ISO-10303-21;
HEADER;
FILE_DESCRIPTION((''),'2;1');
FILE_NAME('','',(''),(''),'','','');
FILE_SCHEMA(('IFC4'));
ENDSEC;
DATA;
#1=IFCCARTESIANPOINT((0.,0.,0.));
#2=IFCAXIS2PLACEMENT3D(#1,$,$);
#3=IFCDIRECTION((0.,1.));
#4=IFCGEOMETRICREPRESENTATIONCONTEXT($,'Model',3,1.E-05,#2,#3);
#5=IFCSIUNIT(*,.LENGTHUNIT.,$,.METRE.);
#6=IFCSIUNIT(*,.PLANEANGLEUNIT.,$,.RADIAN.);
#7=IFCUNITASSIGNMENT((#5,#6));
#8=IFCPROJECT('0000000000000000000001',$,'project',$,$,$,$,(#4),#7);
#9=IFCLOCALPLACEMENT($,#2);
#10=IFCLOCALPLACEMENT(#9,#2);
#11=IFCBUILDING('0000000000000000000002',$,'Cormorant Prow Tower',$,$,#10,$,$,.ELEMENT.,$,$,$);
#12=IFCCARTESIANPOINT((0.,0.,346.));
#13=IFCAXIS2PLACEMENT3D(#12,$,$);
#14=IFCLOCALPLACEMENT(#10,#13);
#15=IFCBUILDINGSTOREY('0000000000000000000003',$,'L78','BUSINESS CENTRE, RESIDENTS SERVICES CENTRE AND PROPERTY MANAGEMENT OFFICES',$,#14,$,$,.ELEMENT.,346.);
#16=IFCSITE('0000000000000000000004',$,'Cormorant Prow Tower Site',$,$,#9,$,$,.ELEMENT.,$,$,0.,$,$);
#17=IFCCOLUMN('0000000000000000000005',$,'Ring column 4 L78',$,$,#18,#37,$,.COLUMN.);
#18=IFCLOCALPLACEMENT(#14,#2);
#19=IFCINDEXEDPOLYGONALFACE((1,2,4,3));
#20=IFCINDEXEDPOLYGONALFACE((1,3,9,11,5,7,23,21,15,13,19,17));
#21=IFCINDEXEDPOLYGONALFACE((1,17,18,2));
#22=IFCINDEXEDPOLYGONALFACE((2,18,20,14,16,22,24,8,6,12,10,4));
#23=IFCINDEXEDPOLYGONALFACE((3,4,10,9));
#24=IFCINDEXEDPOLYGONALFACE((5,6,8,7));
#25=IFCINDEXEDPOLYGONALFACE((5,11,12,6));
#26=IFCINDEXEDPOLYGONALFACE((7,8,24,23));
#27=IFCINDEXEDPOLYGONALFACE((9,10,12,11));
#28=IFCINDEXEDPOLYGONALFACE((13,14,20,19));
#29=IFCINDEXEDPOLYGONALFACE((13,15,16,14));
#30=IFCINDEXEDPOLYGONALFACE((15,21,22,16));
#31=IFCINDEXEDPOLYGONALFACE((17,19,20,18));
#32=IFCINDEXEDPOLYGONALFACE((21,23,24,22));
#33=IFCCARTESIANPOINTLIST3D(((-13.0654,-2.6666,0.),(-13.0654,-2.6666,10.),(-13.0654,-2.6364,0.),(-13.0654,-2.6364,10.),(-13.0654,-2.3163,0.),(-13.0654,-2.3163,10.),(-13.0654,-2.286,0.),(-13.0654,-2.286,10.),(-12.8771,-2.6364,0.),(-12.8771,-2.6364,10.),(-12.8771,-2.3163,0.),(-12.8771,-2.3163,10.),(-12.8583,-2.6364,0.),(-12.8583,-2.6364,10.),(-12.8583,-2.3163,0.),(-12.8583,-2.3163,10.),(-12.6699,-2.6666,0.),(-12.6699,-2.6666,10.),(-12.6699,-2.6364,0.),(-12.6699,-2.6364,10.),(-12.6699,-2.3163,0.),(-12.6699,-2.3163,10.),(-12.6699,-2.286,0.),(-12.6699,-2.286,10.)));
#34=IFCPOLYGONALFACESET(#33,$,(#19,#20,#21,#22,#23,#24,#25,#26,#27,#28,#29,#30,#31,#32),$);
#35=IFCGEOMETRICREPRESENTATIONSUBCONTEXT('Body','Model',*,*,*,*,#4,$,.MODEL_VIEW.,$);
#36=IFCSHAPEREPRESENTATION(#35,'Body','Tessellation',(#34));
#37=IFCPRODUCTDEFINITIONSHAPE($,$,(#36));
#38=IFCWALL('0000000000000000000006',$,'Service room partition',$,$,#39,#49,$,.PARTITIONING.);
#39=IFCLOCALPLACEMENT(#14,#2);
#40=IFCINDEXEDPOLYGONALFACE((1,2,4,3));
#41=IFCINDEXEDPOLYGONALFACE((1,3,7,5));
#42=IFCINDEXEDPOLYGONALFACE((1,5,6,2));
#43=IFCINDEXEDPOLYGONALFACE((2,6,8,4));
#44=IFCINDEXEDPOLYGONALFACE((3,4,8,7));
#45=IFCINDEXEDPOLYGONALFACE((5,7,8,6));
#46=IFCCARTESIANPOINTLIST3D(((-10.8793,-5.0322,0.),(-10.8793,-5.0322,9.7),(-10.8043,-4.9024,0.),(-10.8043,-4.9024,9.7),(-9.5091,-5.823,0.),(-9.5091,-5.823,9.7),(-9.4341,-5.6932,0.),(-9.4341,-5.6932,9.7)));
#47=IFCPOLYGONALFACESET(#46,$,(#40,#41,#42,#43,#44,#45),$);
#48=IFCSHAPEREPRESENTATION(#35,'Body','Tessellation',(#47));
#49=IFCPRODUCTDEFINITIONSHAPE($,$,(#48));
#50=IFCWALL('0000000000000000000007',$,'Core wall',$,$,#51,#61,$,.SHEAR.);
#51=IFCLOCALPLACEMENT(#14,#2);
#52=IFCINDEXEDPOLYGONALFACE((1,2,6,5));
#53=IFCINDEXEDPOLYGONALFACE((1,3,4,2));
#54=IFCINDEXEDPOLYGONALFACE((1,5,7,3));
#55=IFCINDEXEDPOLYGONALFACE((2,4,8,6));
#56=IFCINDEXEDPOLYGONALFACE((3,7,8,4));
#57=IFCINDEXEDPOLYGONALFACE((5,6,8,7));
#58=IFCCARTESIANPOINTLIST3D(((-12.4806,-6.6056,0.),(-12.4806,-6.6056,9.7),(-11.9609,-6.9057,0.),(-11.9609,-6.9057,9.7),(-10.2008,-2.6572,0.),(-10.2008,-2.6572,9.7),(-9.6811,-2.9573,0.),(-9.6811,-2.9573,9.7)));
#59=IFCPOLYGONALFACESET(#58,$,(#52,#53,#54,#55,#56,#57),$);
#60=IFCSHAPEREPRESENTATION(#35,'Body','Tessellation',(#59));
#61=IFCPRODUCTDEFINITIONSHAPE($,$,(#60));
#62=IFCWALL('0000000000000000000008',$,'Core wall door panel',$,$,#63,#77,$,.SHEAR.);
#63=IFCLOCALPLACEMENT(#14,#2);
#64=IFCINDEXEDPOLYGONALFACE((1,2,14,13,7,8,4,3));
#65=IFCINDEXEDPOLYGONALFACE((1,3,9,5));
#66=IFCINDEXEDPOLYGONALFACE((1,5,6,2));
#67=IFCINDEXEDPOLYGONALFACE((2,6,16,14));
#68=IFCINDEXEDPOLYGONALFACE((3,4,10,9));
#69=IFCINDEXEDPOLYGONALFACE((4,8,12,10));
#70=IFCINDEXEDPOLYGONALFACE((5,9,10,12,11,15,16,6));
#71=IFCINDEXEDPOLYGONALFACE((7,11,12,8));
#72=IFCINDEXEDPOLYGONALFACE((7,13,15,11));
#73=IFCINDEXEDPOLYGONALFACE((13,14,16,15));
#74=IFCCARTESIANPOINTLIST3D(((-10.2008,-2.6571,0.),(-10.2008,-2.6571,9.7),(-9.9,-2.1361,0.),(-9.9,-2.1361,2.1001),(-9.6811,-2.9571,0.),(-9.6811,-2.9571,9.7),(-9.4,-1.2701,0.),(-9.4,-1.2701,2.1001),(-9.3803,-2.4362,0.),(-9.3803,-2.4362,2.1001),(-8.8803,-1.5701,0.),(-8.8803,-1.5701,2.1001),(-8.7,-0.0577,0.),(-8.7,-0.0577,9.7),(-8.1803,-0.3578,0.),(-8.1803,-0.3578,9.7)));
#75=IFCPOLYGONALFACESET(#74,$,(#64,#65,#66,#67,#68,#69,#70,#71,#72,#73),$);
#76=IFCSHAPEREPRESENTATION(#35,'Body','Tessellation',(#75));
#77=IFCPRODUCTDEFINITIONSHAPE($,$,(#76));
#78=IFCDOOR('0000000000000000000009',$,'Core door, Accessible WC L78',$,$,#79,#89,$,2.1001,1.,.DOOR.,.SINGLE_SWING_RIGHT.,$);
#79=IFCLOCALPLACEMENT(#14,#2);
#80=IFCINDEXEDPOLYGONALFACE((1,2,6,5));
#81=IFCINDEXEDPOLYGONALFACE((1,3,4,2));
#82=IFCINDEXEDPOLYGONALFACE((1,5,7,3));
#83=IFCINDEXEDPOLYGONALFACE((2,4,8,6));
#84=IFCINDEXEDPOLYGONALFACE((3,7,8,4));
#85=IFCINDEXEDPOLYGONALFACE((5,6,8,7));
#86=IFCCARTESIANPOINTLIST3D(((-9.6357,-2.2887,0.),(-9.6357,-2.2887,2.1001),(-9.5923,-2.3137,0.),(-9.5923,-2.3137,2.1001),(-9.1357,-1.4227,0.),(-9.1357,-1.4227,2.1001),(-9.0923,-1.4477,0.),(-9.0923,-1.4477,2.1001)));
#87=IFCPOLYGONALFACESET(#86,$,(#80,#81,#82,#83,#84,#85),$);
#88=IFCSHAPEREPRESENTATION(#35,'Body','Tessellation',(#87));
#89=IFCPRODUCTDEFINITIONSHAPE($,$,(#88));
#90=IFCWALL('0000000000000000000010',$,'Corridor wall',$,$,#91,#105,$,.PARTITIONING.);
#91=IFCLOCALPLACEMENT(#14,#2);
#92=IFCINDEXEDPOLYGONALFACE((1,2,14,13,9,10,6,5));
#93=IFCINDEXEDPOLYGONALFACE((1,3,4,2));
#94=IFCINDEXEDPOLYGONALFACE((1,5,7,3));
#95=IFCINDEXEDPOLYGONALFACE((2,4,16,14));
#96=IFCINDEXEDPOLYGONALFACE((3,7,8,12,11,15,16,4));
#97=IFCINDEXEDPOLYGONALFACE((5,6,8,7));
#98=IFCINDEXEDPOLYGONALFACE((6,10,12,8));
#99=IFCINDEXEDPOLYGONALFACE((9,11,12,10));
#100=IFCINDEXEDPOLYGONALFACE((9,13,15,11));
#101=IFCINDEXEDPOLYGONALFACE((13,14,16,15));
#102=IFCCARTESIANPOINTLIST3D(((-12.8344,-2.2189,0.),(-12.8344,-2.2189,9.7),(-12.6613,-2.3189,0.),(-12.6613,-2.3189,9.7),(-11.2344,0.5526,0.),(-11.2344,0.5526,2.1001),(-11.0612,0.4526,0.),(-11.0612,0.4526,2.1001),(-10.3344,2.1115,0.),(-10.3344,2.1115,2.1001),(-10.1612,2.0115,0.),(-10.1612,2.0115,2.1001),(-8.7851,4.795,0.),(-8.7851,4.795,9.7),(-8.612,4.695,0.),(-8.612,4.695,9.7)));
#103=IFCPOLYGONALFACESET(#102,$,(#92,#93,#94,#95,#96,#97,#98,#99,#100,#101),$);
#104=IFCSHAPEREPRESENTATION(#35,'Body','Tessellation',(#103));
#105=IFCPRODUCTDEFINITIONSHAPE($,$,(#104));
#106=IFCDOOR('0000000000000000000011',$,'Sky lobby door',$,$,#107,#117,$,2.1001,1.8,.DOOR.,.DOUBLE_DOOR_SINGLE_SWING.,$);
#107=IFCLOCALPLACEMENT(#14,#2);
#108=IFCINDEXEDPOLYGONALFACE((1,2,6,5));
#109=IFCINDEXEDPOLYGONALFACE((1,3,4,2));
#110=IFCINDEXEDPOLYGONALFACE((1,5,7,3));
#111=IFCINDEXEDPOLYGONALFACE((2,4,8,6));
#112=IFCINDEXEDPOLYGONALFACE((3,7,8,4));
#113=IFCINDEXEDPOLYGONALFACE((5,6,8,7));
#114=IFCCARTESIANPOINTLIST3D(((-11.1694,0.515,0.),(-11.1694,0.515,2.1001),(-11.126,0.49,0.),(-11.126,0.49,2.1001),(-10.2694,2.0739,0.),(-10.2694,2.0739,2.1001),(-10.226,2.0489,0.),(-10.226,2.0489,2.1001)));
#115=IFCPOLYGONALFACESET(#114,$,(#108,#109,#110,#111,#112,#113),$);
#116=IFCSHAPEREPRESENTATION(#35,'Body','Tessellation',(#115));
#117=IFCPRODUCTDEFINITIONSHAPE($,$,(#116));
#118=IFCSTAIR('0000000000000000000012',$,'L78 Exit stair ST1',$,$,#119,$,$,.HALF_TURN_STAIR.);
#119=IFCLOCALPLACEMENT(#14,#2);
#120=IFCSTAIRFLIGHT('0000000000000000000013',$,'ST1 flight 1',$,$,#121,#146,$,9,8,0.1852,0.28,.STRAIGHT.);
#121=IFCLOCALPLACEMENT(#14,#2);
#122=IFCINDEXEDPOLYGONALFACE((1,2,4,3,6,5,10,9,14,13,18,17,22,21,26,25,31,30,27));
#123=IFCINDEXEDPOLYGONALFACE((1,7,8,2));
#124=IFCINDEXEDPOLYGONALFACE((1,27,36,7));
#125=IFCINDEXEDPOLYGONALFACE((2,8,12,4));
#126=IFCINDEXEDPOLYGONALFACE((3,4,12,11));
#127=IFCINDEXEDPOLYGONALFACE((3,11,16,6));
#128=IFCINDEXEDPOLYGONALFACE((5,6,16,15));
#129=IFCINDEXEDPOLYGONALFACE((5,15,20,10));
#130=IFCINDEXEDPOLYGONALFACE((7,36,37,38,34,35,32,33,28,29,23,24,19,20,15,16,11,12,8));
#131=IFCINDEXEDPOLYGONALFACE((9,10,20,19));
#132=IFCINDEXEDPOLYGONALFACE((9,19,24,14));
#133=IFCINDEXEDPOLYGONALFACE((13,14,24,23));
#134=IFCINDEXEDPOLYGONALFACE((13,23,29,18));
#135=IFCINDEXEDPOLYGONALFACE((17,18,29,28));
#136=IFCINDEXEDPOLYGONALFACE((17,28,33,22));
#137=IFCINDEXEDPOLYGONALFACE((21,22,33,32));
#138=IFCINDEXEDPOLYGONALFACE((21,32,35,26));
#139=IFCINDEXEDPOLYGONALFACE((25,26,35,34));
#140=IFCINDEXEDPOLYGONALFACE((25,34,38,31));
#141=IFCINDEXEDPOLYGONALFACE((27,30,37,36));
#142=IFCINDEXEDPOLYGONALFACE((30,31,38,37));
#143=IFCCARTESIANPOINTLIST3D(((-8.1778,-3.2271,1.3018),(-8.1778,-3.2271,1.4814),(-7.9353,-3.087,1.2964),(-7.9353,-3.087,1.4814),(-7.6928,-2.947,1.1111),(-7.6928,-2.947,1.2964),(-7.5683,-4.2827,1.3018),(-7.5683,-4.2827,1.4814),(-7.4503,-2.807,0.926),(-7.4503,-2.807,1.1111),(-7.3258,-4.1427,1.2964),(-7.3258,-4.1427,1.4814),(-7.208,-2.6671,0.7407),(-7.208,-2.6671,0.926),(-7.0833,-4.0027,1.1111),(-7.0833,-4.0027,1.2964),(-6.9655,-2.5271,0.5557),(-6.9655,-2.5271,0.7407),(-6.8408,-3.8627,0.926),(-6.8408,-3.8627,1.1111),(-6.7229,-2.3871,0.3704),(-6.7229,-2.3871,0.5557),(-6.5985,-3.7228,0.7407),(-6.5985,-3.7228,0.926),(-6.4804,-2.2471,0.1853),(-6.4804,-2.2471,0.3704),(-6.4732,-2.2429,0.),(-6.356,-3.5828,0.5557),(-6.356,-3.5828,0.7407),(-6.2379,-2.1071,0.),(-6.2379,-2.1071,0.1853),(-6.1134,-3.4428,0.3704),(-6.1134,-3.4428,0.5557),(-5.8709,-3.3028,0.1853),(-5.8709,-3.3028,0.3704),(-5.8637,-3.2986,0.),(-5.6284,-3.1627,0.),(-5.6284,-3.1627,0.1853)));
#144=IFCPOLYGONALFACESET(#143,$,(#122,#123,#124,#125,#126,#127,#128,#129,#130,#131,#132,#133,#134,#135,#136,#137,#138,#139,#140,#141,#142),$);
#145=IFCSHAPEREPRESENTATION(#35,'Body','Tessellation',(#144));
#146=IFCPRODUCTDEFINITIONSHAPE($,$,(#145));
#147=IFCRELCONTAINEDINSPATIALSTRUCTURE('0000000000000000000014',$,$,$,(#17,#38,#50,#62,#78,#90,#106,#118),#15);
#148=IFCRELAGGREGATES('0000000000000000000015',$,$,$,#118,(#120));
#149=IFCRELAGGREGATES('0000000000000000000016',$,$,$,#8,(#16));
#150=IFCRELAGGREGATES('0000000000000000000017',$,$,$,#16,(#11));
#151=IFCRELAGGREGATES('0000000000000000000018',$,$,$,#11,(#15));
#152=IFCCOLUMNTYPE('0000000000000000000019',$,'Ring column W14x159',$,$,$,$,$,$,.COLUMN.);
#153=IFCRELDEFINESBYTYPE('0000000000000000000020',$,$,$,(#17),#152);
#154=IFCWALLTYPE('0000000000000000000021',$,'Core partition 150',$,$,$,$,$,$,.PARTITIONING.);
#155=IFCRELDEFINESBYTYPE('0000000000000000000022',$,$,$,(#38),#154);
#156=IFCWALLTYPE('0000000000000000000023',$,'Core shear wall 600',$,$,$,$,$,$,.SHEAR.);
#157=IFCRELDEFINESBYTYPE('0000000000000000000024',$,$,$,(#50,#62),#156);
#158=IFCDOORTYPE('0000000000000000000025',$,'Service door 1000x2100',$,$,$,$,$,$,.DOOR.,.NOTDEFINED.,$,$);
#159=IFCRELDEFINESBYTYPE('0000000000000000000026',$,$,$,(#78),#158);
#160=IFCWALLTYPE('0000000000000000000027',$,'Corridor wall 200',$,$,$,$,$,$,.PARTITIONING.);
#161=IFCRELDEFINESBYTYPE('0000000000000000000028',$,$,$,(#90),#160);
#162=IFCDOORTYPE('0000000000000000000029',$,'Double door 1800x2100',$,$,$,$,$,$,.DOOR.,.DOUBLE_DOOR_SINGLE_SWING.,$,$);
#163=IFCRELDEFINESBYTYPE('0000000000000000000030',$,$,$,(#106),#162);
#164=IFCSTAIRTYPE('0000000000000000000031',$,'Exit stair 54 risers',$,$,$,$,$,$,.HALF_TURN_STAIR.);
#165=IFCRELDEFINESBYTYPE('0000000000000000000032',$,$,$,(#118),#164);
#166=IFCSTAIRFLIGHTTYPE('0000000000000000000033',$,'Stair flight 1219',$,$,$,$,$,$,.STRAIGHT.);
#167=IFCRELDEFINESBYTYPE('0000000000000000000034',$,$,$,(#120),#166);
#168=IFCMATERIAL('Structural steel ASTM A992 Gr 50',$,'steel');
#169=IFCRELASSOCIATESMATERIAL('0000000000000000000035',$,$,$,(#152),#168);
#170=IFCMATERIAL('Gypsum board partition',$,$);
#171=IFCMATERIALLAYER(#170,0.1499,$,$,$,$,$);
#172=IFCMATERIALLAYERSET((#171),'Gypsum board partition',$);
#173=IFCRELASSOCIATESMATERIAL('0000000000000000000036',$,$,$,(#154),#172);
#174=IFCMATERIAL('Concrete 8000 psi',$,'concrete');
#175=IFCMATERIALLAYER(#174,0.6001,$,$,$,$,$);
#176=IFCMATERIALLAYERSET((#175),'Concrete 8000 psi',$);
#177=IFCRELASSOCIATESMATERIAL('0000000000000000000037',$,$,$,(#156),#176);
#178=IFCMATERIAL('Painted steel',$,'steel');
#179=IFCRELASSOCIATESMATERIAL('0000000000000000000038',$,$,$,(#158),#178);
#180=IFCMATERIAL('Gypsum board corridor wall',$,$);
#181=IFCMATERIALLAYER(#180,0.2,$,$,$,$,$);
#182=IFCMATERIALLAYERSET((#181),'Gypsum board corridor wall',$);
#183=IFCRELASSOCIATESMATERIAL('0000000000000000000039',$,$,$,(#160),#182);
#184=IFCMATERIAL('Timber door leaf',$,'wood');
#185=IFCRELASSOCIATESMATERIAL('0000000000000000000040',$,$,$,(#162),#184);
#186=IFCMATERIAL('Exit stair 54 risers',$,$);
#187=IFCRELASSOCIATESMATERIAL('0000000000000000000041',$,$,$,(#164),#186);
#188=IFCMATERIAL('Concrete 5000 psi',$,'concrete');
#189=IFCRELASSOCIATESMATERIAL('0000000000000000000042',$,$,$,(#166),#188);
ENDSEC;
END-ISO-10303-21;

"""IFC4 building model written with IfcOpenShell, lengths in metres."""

from ifc_helpers import new_model, si_unit, direction, frame, frame_2d, origin, origin_2d, place, context, subcontext, project, spatial, polyline, rectangle, i_section, outline, extrude, material, layer, layer_set, material_profile, profile_set, type_object, element, fill, aggregate, save


model = new_model("IFC4")

# Units and contexts
model_context = context("Model", 3, precision=1e-05, world=origin(), true_north=direction((0.0, 1.0)))
body_context = subcontext(model_context, "Body", "Model", "MODEL_VIEW")
ifc_project = project(units=[si_unit("LENGTHUNIT", "METRE"), si_unit("PLANEANGLEUNIT", "RADIAN")], contexts=[model_context])

# Site, building, storey
site_placement = place(None, origin())
site = spatial("IfcSite", under=ifc_project, at=site_placement, Name="Cormorant Prow Tower Site", CompositionType="ELEMENT", RefElevation=0.0)
building_placement = place(site_placement, origin())
building = spatial("IfcBuilding", under=site, at=building_placement, Name="Cormorant Prow Tower", CompositionType="ELEMENT")
storey_placement = place(building_placement, frame((0.0, 0.0, 346.0)))
storey = spatial("IfcBuildingStorey", under=building, at=storey_placement, Name="L78", Description="BUSINESS CENTRE, RESIDENTS SERVICES CENTRE AND PROPERTY MANAGEMENT OFFICES", CompositionType="ELEMENT", Elevation=346.0)

# Column
ifc_material_1 = material(Name="Structural steel ASTM A992 Gr 50", Category="steel")
ifc_material_profile = material_profile(ifc_material_1, i_section(OverallWidth=0.3955, OverallDepth=0.3806, WebThickness=0.0188, FlangeThickness=0.0303, at=origin_2d()), Name="W14x159")
ifc_profile_set = profile_set([ifc_material_profile], Name="Structural steel ASTM A992 Gr 50")
column_type = type_object("IfcColumnType", Name="Ring column W14x159", PredefinedType="COLUMN", material=ifc_profile_set)
column_placement = place(storey_placement, frame((-12.8677, -2.4763, 0.0), z_axis=(0.0, 0.0, 1.0), x_axis=(1.0, 0.0, 0.0)))
element("IfcColumn", 1, at=column_placement, inside=storey, type_object=column_type, Name="Ring column 4 L78", PredefinedType="COLUMN", context=body_context, shape_type="SweptSolid", body=[
    extrude(i_section(OverallWidth=0.3955, OverallDepth=0.3806, WebThickness=0.0188, FlangeThickness=0.0303, at=origin_2d()), origin(), (0.0, 0.0, 1.0), 10.0),
])

# Walls
ifc_material_2 = material(Name="Gypsum board partition")
ifc_layer_1 = layer(ifc_material_2, 0.1499)
ifc_layer_set_1 = layer_set([ifc_layer_1], Name="Gypsum board partition")
wall_type_1 = type_object("IfcWallType", Name="Core partition 150", PredefinedType="PARTITIONING", material=ifc_layer_set_1)
wall_1_placement = place(storey_placement, frame((-10.8418, -4.9673, 0.0), z_axis=(0.0, 0.0, 1.0), x_axis=(0.866098, -0.499874, 0.0)))
element("IfcWall", 2, at=wall_1_placement, inside=storey, type_object=wall_type_1, Name="Service room partition", PredefinedType="PARTITIONING", context=body_context, shape_type="SweptSolid", body=[
    extrude(rectangle(XDim=1.582, YDim=0.1499, at=frame_2d((0.791, 0.0))), origin(), (0.0, 0.0, 1.0), 9.7),
])
ifc_material_3 = material(Name="Concrete 8000 psi", Category="concrete")
ifc_layer_2 = layer(ifc_material_3, 0.6001)
ifc_layer_set_2 = layer_set([ifc_layer_2], Name="Concrete 8000 psi")
wall_type_2 = type_object("IfcWallType", Name="Core shear wall 600", PredefinedType="SHEAR", material=ifc_layer_set_2)
wall_2_placement = place(storey_placement, frame((-9.9409, -2.8071, 0.0), z_axis=(0.0, 0.0, 1.0), x_axis=(-0.500021, -0.866013, 0.0)))
element("IfcWall", 3, at=wall_2_placement, inside=storey, type_object=wall_type_2, Name="Core wall", PredefinedType="SHEAR", context=body_context, shape_type="SweptSolid", body=[
    extrude(rectangle(XDim=4.5593, YDim=0.6001, at=frame_2d((2.2798, 0.0))), origin(), (0.0, 0.0, 1.0), 9.7),
])

# Walls, openings, doors
wall_3_placement = place(storey_placement, frame((-8.4402, -0.2078, 0.0), z_axis=(0.0, 0.0, 1.0), x_axis=(-0.499997, -0.866027, 0.0)))
wall_3 = element("IfcWall", 4, at=wall_3_placement, inside=storey, type_object=wall_type_2, Name="Core wall door panel", PredefinedType="SHEAR", context=body_context, shape_type="SweptSolid", body=[
    extrude(rectangle(XDim=3.0015, YDim=0.6001, at=frame_2d((1.5007, 0.0))), origin(), (0.0, 0.0, 1.0), 9.7),
])
opening_1_placement = place(wall_3_placement, frame((1.3999, 0.0, 0.0)))
opening_1 = element("IfcOpeningElement", 5, at=opening_1_placement, cuts=wall_3, PredefinedType="OPENING", context=body_context, shape_type="SweptSolid", body=[
    extrude(rectangle(XDim=1.0, YDim=2.1001, at=frame_2d((0.5, 1.05))), frame((0.0, 0.3101, 0.0), z_axis=(0.0, -1.0, 0.0), x_axis=(1.0, 0.0, 0.0)), (0.0, 0.0, 1.0), 0.6201),
])
ifc_material_4 = material(Name="Painted steel", Category="steel")
door_type_1 = type_object("IfcDoorType", Name="Service door 1000x2100", OperationType="NOTDEFINED", PredefinedType="DOOR", material=ifc_material_4)
door_1_placement = place(opening_1_placement, origin())
door_1 = element("IfcDoor", 6, at=door_1_placement, inside=storey, type_object=door_type_1, Name="Core door, Accessible WC L78", OperationType="SINGLE_SWING_RIGHT", OverallHeight=2.1001, OverallWidth=1.0, PredefinedType="DOOR", context=body_context, shape_type="SweptSolid", body=[
    extrude(rectangle(XDim=1.0, YDim=2.1001, at=frame_2d((0.5, 1.05))), frame((0.0, 0.0552, 0.0), z_axis=(0.0, -1.0, 0.0), x_axis=(1.0, 0.0, 0.0)), (0.0, 0.0, 1.0), 0.05),
])
fill(opening_1, door_1)
ifc_material_5 = material(Name="Gypsum board corridor wall")
ifc_layer_3 = layer(ifc_material_5, 0.2)
ifc_layer_set_3 = layer_set([ifc_layer_3], Name="Gypsum board corridor wall")
wall_type_3 = type_object("IfcWallType", Name="Corridor wall 200", PredefinedType="PARTITIONING", material=ifc_layer_set_3)
wall_4_placement = place(storey_placement, frame((-12.7478, -2.2688, 0.0), z_axis=(0.0, 0.0, 1.0), x_axis=(0.499984, 0.866034, 0.0)))
wall_4 = element("IfcWall", 7, at=wall_4_placement, inside=storey, type_object=wall_type_3, Name="Corridor wall", PredefinedType="PARTITIONING", context=body_context, shape_type="SweptSolid", body=[
    extrude(rectangle(XDim=8.0989, YDim=0.2, at=frame_2d((4.0493, 0.0))), origin(), (0.0, 0.0, 1.0), 9.7),
])
opening_2_placement = place(wall_4_placement, frame((3.2002, 0.0, 0.0)))
opening_2 = element("IfcOpeningElement", 8, at=opening_2_placement, cuts=wall_4, PredefinedType="OPENING", context=body_context, shape_type="SweptSolid", body=[
    extrude(rectangle(XDim=1.8, YDim=2.1001, at=frame_2d((0.8999, 1.05))), frame((0.0, 0.1099, 0.0), z_axis=(0.0, -1.0, 0.0), x_axis=(1.0, 0.0, 0.0)), (0.0, 0.0, 1.0), 0.22),
])
ifc_material_6 = material(Name="Timber door leaf", Category="wood")
door_type_2 = type_object("IfcDoorType", Name="Double door 1800x2100", OperationType="DOUBLE_DOOR_SINGLE_SWING", PredefinedType="DOOR", material=ifc_material_6)
door_2_placement = place(opening_2_placement, origin())
door_2 = element("IfcDoor", 9, at=door_2_placement, inside=storey, type_object=door_type_2, Name="Sky lobby door", OperationType="DOUBLE_DOOR_SINGLE_SWING", OverallHeight=2.1001, OverallWidth=1.8, PredefinedType="DOOR", context=body_context, shape_type="SweptSolid", body=[
    extrude(rectangle(XDim=1.8, YDim=2.1001, at=frame_2d((0.8999, 1.05))), frame((0.0, 0.0249, 0.0), z_axis=(0.0, -1.0, 0.0), x_axis=(1.0, 0.0, 0.0)), (0.0, 0.0, 1.0), 0.05),
])
fill(opening_2, door_2)

# Stair, stair flight
ifc_material_7 = material(Name="Exit stair 54 risers")
stair_type = type_object("IfcStairType", Name="Exit stair 54 risers", PredefinedType="HALF_TURN_STAIR", material=ifc_material_7)
stair_placement = place(storey_placement, origin())
stair = element("IfcStair", 10, at=stair_placement, inside=storey, type_object=stair_type, Name="L78 Exit stair ST1", PredefinedType="HALF_TURN_STAIR")
ifc_material_8 = material(Name="Concrete 5000 psi", Category="concrete")
stair_flight_type = type_object("IfcStairFlightType", Name="Stair flight 1219", PredefinedType="STRAIGHT", material=ifc_material_8)
stair_flight_1_placement = place(storey_placement, frame((-5.9331, -2.635, 0.0), z_axis=(0.0, 0.0, 1.0), x_axis=(-0.866025, -0.5, 0.0)))
stair_flight_1 = element("IfcStairFlight", 11, at=stair_flight_1_placement, type_object=stair_flight_type, Name="ST1 flight 1", NumberOfRisers=9, NumberOfTreads=8, PredefinedType="STRAIGHT", RiserHeight=0.1852, TreadLength=0.28, context=body_context, shape_type="SweptSolid", body=[
    extrude(outline(polyline([(0.0, 0.0), (0.0, 0.1853), (0.28, 0.1853), (0.28, 0.3704), (0.5601, 0.3704), (0.5601, 0.5557), (0.8401, 0.5557), (0.8401, 0.7407), (1.1201, 0.7407), (1.1201, 0.926), (1.3999, 0.926), (1.3999, 1.1111), (1.6799, 1.1111), (1.6799, 1.2964), (1.96, 1.2964), (1.96, 1.4814), (2.24, 1.4814), (2.24, 1.6667), (2.24, 1.3018), (0.2717, 0.0), (0.0, 0.0)])), frame((0.0, 0.6094, 0.0), z_axis=(0.0, -1.0, 0.0), x_axis=(1.0, 0.0, 0.0)), (0.0, 0.0, 1.0), 1.219),
])
aggregate(stair, [stair_flight_1])

save(model, "model.ifc")
